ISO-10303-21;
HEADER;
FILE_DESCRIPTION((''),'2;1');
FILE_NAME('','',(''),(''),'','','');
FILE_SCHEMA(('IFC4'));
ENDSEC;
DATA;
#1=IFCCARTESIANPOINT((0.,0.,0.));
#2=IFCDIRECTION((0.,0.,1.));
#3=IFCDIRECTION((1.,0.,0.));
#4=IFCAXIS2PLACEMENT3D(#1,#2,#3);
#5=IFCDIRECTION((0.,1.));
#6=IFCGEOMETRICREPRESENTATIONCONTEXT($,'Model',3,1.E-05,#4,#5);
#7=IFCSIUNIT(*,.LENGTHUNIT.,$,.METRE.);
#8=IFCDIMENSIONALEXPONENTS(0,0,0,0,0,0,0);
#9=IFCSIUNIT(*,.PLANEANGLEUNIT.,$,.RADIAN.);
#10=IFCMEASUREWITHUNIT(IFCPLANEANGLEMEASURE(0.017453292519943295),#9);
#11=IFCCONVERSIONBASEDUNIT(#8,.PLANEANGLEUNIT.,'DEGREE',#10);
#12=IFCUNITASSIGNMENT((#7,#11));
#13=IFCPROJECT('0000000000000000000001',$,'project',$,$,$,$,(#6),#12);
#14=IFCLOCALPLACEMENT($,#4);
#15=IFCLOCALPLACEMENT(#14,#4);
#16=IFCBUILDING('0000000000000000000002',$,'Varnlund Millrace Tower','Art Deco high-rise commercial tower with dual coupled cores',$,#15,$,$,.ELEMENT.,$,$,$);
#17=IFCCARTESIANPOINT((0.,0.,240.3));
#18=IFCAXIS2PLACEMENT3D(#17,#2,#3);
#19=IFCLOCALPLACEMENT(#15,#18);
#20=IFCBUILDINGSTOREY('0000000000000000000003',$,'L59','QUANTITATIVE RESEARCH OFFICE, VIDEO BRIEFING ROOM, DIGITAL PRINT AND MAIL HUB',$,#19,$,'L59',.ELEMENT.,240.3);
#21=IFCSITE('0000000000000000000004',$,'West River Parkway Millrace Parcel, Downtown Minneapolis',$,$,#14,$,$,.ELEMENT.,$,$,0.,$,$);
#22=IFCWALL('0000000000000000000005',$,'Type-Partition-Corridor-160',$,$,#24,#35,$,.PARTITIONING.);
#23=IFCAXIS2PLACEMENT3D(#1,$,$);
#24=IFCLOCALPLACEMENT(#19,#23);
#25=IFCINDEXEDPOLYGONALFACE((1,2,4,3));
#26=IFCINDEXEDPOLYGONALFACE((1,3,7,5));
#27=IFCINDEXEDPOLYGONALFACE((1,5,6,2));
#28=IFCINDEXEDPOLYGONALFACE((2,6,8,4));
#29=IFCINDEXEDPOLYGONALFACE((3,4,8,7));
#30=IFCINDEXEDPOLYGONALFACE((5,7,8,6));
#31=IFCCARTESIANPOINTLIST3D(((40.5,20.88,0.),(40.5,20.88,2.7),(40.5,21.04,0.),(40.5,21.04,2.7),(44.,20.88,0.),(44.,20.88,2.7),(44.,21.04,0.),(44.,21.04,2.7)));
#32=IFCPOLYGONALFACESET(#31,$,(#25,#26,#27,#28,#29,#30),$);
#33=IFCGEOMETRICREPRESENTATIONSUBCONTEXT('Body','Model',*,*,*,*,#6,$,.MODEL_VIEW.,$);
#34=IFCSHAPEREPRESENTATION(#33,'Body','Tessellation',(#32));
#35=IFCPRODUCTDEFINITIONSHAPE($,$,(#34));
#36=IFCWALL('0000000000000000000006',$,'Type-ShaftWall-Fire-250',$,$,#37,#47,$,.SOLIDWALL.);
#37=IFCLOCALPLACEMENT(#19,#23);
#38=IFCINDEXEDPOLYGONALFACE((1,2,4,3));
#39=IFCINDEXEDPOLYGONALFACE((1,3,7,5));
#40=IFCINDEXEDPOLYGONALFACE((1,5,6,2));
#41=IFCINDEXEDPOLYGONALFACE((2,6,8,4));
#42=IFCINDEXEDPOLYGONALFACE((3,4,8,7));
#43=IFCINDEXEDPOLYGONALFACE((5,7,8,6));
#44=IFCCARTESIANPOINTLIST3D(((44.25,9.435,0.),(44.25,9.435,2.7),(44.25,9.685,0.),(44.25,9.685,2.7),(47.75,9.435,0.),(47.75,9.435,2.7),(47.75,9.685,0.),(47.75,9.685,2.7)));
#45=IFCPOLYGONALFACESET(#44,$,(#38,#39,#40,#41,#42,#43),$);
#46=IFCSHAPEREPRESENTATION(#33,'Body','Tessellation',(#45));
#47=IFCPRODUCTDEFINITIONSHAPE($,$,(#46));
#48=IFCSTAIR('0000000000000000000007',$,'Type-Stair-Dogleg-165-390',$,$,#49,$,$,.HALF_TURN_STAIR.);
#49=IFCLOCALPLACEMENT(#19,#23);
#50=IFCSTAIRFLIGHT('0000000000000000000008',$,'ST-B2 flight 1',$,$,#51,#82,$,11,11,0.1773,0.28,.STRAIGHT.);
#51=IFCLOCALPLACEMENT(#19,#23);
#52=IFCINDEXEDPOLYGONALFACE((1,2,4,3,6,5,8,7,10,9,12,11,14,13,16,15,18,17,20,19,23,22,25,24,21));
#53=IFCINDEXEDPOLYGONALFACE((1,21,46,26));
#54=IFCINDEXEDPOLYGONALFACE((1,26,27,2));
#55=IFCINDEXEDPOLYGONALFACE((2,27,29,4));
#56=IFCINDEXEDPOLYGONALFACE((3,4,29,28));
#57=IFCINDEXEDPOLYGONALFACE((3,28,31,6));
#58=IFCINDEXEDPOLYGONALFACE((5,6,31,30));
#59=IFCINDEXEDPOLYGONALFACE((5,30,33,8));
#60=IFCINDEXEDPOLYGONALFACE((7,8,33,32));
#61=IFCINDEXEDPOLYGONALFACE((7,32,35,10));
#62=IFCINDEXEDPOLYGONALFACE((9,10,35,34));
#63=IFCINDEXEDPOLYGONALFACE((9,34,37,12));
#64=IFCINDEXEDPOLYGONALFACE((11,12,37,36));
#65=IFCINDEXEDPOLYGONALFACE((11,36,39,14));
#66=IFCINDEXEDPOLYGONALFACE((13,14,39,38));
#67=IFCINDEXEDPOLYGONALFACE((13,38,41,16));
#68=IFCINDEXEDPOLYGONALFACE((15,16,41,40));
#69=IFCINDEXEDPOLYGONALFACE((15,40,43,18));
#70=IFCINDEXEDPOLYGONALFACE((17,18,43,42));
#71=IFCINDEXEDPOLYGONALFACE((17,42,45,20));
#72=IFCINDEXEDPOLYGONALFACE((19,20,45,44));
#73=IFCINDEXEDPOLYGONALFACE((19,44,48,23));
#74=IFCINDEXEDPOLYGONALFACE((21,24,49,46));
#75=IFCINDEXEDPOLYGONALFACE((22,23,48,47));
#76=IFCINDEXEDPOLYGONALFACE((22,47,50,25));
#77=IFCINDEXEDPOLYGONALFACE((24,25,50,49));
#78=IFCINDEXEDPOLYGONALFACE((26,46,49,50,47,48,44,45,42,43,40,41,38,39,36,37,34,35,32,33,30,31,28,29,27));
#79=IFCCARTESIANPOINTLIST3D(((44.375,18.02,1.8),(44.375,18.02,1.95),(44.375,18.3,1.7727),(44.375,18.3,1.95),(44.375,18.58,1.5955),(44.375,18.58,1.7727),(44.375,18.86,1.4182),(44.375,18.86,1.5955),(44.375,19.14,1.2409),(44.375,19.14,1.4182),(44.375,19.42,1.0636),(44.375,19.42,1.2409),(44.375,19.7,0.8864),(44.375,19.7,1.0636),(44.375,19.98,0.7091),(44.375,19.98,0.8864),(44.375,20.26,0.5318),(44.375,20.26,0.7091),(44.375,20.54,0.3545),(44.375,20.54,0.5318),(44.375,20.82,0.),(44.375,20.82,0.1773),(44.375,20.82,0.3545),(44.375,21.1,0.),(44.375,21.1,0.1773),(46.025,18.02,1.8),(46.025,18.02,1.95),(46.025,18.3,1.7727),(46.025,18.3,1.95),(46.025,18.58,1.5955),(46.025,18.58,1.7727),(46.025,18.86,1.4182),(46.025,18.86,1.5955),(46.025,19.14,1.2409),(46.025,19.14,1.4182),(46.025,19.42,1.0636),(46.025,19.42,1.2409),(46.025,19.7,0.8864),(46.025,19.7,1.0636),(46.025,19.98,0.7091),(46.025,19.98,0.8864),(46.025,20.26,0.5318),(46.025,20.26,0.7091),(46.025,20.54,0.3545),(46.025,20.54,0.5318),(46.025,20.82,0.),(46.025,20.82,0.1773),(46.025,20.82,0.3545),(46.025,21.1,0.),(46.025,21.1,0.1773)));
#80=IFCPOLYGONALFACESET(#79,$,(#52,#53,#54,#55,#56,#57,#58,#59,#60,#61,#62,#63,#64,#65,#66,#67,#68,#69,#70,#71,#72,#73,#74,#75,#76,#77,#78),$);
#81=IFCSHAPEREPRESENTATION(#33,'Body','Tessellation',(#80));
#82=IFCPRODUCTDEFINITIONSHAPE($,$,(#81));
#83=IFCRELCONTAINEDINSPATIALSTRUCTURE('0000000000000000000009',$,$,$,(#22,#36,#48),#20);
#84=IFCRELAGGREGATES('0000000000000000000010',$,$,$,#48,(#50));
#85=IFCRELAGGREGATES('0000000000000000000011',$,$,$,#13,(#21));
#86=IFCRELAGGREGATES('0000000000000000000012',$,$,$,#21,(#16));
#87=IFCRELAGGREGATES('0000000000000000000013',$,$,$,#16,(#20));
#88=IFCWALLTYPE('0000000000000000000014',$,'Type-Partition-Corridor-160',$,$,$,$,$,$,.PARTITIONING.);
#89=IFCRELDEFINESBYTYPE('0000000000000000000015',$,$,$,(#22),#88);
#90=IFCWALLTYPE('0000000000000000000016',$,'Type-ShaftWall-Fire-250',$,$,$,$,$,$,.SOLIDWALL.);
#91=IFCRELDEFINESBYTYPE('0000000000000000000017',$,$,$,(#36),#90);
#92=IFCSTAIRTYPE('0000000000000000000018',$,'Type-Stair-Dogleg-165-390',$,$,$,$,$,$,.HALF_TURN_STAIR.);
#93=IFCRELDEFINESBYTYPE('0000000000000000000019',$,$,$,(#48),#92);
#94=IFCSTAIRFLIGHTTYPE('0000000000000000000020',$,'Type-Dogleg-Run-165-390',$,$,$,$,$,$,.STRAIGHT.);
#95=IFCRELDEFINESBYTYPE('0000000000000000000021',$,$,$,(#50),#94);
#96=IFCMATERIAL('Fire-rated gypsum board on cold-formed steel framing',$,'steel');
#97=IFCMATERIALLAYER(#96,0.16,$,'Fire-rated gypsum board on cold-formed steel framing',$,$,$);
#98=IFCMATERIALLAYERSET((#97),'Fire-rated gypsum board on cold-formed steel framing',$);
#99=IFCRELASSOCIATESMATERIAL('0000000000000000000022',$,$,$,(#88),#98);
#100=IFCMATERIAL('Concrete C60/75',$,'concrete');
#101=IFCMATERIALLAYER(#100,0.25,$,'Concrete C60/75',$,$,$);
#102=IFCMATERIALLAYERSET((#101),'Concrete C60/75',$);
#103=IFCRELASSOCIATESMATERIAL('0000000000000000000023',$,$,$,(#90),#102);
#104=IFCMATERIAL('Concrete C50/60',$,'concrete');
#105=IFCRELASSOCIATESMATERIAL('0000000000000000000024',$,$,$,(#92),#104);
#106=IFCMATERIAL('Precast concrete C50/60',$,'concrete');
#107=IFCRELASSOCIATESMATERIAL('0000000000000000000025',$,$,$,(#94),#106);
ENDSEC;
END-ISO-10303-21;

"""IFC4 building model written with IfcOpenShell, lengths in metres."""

from ifc_helpers import new_model, entity, si_unit, converted_unit, direction, frame, origin_with_axes, place, context, subcontext, project, spatial, polyline, outline, extrude, material, layer, layer_set, type_object, element, aggregate, save


model = new_model("IFC4")

# Units and contexts
model_context = context("Model", 3, precision=1e-05, world=origin_with_axes(), true_north=direction((0.0, 1.0)))
body_context = subcontext(model_context, "Body", "Model", "MODEL_VIEW")
ifc_project = project(units=[si_unit("LENGTHUNIT", "METRE"), converted_unit("PLANEANGLEUNIT", "DEGREE", entity("IfcPlaneAngleMeasure", 0.017453292519943295), si_unit("PLANEANGLEUNIT", "RADIAN"), dimensions=[0, 0, 0, 0, 0, 0, 0])], contexts=[model_context])

# Site, building, storey
site_placement = place(None, origin_with_axes())
site = spatial("IfcSite", under=ifc_project, at=site_placement, Name="West River Parkway Millrace Parcel, Downtown Minneapolis", CompositionType="ELEMENT", RefElevation=0.0)
building_placement = place(site_placement, origin_with_axes())
building = spatial("IfcBuilding", under=site, at=building_placement, Name="Varnlund Millrace Tower", Description="Art Deco high-rise commercial tower with dual coupled cores", CompositionType="ELEMENT")
storey_placement = place(building_placement, frame((0.0, 0.0, 240.3), z_axis=(0.0, 0.0, 1.0), x_axis=(1.0, 0.0, 0.0)))
storey = spatial("IfcBuildingStorey", under=building, at=storey_placement, Name="L59", Description="QUANTITATIVE RESEARCH OFFICE, VIDEO BRIEFING ROOM, DIGITAL PRINT AND MAIL HUB", LongName="L59", CompositionType="ELEMENT", Elevation=240.3)

# Shared definitions
ifc_material_1 = material(Name="Fire-rated gypsum board on cold-formed steel framing", Category="steel")
ifc_layer_1 = layer(ifc_material_1, 0.16, Name="Fire-rated gypsum board on cold-formed steel framing")
ifc_layer_set_1 = layer_set([ifc_layer_1], Name="Fire-rated gypsum board on cold-formed steel framing")
wall_type_1 = type_object("IfcWallType", Name="Type-Partition-Corridor-160", PredefinedType="PARTITIONING", material=ifc_layer_set_1)

# Wall
wall_1_placement = place(storey_placement, frame((40.5, 20.96, 0.0), z_axis=(0.0, 0.0, 1.0), x_axis=(1.0, 0.0, 0.0)))
element("IfcWall", 1, at=wall_1_placement, inside=storey, type_object=wall_type_1, Name="Type-Partition-Corridor-160", PredefinedType="PARTITIONING", context=body_context, shape_type="SweptSolid", body=[
    extrude(outline(polyline([(0.0, -0.08), (3.5, -0.08), (3.5, 0.08), (0.0, 0.08), (0.0, -0.08)])), origin_with_axes(), (0.0, 0.0, 1.0), 2.7),
])

# Wall
ifc_material_2 = material(Name="Concrete C60/75", Category="concrete")
ifc_layer_2 = layer(ifc_material_2, 0.25, Name="Concrete C60/75")
ifc_layer_set_2 = layer_set([ifc_layer_2], Name="Concrete C60/75")
wall_type_2 = type_object("IfcWallType", Name="Type-ShaftWall-Fire-250", PredefinedType="SOLIDWALL", material=ifc_layer_set_2)
wall_2_placement = place(storey_placement, frame((44.25, 9.56, 0.0), z_axis=(0.0, 0.0, 1.0), x_axis=(1.0, 0.0, 0.0)))
element("IfcWall", 2, at=wall_2_placement, inside=storey, type_object=wall_type_2, Name="Type-ShaftWall-Fire-250", PredefinedType="SOLIDWALL", context=body_context, shape_type="SweptSolid", body=[
    extrude(outline(polyline([(0.0, -0.125), (3.5, -0.125), (3.5, 0.125), (0.0, 0.125), (0.0, -0.125)])), origin_with_axes(), (0.0, 0.0, 1.0), 2.7),
])

# Stair, stair flight
ifc_material_3 = material(Name="Concrete C50/60", Category="concrete")
stair_type = type_object("IfcStairType", Name="Type-Stair-Dogleg-165-390", PredefinedType="HALF_TURN_STAIR", material=ifc_material_3)
stair_placement = place(storey_placement, origin_with_axes())
stair = element("IfcStair", 3, at=stair_placement, inside=storey, type_object=stair_type, Name="Type-Stair-Dogleg-165-390", PredefinedType="HALF_TURN_STAIR")
ifc_material_4 = material(Name="Precast concrete C50/60", Category="concrete")
stair_flight_type = type_object("IfcStairFlightType", Name="Type-Dogleg-Run-165-390", PredefinedType="STRAIGHT", material=ifc_material_4)
stair_flight_placement = place(storey_placement, frame((46.025, 21.1, 0.0), z_axis=(-1.0, 0.0, 0.0), x_axis=(0.0, -1.0, 0.0)))
stair_flight = element("IfcStairFlight", 4, at=stair_flight_placement, type_object=stair_flight_type, Name="ST-B2 flight 1", NumberOfRisers=11, NumberOfTreads=11, PredefinedType="STRAIGHT", RiserHeight=0.1773, TreadLength=0.28, context=body_context, shape_type="SweptSolid", body=[
    extrude(outline(polyline([(0.0, 0.0), (0.0, 0.1773), (0.28, 0.1773), (0.28, 0.3545), (0.56, 0.3545), (0.56, 0.5318), (0.84, 0.5318), (0.84, 0.7091), (1.12, 0.7091), (1.12, 0.8864), (1.4, 0.8864), (1.4, 1.0636), (1.68, 1.0636), (1.68, 1.2409), (1.96, 1.2409), (1.96, 1.4182), (2.24, 1.4182), (2.24, 1.5955), (2.52, 1.5955), (2.52, 1.7727), (2.8, 1.7727), (2.8, 1.95), (3.08, 1.95), (3.08, 1.8), (0.28, 0.0), (0.0, 0.0)])), origin_with_axes(), (0.0, 0.0, 1.0), 1.65),
])
aggregate(stair, [stair_flight])

save(model, "model.ifc")
